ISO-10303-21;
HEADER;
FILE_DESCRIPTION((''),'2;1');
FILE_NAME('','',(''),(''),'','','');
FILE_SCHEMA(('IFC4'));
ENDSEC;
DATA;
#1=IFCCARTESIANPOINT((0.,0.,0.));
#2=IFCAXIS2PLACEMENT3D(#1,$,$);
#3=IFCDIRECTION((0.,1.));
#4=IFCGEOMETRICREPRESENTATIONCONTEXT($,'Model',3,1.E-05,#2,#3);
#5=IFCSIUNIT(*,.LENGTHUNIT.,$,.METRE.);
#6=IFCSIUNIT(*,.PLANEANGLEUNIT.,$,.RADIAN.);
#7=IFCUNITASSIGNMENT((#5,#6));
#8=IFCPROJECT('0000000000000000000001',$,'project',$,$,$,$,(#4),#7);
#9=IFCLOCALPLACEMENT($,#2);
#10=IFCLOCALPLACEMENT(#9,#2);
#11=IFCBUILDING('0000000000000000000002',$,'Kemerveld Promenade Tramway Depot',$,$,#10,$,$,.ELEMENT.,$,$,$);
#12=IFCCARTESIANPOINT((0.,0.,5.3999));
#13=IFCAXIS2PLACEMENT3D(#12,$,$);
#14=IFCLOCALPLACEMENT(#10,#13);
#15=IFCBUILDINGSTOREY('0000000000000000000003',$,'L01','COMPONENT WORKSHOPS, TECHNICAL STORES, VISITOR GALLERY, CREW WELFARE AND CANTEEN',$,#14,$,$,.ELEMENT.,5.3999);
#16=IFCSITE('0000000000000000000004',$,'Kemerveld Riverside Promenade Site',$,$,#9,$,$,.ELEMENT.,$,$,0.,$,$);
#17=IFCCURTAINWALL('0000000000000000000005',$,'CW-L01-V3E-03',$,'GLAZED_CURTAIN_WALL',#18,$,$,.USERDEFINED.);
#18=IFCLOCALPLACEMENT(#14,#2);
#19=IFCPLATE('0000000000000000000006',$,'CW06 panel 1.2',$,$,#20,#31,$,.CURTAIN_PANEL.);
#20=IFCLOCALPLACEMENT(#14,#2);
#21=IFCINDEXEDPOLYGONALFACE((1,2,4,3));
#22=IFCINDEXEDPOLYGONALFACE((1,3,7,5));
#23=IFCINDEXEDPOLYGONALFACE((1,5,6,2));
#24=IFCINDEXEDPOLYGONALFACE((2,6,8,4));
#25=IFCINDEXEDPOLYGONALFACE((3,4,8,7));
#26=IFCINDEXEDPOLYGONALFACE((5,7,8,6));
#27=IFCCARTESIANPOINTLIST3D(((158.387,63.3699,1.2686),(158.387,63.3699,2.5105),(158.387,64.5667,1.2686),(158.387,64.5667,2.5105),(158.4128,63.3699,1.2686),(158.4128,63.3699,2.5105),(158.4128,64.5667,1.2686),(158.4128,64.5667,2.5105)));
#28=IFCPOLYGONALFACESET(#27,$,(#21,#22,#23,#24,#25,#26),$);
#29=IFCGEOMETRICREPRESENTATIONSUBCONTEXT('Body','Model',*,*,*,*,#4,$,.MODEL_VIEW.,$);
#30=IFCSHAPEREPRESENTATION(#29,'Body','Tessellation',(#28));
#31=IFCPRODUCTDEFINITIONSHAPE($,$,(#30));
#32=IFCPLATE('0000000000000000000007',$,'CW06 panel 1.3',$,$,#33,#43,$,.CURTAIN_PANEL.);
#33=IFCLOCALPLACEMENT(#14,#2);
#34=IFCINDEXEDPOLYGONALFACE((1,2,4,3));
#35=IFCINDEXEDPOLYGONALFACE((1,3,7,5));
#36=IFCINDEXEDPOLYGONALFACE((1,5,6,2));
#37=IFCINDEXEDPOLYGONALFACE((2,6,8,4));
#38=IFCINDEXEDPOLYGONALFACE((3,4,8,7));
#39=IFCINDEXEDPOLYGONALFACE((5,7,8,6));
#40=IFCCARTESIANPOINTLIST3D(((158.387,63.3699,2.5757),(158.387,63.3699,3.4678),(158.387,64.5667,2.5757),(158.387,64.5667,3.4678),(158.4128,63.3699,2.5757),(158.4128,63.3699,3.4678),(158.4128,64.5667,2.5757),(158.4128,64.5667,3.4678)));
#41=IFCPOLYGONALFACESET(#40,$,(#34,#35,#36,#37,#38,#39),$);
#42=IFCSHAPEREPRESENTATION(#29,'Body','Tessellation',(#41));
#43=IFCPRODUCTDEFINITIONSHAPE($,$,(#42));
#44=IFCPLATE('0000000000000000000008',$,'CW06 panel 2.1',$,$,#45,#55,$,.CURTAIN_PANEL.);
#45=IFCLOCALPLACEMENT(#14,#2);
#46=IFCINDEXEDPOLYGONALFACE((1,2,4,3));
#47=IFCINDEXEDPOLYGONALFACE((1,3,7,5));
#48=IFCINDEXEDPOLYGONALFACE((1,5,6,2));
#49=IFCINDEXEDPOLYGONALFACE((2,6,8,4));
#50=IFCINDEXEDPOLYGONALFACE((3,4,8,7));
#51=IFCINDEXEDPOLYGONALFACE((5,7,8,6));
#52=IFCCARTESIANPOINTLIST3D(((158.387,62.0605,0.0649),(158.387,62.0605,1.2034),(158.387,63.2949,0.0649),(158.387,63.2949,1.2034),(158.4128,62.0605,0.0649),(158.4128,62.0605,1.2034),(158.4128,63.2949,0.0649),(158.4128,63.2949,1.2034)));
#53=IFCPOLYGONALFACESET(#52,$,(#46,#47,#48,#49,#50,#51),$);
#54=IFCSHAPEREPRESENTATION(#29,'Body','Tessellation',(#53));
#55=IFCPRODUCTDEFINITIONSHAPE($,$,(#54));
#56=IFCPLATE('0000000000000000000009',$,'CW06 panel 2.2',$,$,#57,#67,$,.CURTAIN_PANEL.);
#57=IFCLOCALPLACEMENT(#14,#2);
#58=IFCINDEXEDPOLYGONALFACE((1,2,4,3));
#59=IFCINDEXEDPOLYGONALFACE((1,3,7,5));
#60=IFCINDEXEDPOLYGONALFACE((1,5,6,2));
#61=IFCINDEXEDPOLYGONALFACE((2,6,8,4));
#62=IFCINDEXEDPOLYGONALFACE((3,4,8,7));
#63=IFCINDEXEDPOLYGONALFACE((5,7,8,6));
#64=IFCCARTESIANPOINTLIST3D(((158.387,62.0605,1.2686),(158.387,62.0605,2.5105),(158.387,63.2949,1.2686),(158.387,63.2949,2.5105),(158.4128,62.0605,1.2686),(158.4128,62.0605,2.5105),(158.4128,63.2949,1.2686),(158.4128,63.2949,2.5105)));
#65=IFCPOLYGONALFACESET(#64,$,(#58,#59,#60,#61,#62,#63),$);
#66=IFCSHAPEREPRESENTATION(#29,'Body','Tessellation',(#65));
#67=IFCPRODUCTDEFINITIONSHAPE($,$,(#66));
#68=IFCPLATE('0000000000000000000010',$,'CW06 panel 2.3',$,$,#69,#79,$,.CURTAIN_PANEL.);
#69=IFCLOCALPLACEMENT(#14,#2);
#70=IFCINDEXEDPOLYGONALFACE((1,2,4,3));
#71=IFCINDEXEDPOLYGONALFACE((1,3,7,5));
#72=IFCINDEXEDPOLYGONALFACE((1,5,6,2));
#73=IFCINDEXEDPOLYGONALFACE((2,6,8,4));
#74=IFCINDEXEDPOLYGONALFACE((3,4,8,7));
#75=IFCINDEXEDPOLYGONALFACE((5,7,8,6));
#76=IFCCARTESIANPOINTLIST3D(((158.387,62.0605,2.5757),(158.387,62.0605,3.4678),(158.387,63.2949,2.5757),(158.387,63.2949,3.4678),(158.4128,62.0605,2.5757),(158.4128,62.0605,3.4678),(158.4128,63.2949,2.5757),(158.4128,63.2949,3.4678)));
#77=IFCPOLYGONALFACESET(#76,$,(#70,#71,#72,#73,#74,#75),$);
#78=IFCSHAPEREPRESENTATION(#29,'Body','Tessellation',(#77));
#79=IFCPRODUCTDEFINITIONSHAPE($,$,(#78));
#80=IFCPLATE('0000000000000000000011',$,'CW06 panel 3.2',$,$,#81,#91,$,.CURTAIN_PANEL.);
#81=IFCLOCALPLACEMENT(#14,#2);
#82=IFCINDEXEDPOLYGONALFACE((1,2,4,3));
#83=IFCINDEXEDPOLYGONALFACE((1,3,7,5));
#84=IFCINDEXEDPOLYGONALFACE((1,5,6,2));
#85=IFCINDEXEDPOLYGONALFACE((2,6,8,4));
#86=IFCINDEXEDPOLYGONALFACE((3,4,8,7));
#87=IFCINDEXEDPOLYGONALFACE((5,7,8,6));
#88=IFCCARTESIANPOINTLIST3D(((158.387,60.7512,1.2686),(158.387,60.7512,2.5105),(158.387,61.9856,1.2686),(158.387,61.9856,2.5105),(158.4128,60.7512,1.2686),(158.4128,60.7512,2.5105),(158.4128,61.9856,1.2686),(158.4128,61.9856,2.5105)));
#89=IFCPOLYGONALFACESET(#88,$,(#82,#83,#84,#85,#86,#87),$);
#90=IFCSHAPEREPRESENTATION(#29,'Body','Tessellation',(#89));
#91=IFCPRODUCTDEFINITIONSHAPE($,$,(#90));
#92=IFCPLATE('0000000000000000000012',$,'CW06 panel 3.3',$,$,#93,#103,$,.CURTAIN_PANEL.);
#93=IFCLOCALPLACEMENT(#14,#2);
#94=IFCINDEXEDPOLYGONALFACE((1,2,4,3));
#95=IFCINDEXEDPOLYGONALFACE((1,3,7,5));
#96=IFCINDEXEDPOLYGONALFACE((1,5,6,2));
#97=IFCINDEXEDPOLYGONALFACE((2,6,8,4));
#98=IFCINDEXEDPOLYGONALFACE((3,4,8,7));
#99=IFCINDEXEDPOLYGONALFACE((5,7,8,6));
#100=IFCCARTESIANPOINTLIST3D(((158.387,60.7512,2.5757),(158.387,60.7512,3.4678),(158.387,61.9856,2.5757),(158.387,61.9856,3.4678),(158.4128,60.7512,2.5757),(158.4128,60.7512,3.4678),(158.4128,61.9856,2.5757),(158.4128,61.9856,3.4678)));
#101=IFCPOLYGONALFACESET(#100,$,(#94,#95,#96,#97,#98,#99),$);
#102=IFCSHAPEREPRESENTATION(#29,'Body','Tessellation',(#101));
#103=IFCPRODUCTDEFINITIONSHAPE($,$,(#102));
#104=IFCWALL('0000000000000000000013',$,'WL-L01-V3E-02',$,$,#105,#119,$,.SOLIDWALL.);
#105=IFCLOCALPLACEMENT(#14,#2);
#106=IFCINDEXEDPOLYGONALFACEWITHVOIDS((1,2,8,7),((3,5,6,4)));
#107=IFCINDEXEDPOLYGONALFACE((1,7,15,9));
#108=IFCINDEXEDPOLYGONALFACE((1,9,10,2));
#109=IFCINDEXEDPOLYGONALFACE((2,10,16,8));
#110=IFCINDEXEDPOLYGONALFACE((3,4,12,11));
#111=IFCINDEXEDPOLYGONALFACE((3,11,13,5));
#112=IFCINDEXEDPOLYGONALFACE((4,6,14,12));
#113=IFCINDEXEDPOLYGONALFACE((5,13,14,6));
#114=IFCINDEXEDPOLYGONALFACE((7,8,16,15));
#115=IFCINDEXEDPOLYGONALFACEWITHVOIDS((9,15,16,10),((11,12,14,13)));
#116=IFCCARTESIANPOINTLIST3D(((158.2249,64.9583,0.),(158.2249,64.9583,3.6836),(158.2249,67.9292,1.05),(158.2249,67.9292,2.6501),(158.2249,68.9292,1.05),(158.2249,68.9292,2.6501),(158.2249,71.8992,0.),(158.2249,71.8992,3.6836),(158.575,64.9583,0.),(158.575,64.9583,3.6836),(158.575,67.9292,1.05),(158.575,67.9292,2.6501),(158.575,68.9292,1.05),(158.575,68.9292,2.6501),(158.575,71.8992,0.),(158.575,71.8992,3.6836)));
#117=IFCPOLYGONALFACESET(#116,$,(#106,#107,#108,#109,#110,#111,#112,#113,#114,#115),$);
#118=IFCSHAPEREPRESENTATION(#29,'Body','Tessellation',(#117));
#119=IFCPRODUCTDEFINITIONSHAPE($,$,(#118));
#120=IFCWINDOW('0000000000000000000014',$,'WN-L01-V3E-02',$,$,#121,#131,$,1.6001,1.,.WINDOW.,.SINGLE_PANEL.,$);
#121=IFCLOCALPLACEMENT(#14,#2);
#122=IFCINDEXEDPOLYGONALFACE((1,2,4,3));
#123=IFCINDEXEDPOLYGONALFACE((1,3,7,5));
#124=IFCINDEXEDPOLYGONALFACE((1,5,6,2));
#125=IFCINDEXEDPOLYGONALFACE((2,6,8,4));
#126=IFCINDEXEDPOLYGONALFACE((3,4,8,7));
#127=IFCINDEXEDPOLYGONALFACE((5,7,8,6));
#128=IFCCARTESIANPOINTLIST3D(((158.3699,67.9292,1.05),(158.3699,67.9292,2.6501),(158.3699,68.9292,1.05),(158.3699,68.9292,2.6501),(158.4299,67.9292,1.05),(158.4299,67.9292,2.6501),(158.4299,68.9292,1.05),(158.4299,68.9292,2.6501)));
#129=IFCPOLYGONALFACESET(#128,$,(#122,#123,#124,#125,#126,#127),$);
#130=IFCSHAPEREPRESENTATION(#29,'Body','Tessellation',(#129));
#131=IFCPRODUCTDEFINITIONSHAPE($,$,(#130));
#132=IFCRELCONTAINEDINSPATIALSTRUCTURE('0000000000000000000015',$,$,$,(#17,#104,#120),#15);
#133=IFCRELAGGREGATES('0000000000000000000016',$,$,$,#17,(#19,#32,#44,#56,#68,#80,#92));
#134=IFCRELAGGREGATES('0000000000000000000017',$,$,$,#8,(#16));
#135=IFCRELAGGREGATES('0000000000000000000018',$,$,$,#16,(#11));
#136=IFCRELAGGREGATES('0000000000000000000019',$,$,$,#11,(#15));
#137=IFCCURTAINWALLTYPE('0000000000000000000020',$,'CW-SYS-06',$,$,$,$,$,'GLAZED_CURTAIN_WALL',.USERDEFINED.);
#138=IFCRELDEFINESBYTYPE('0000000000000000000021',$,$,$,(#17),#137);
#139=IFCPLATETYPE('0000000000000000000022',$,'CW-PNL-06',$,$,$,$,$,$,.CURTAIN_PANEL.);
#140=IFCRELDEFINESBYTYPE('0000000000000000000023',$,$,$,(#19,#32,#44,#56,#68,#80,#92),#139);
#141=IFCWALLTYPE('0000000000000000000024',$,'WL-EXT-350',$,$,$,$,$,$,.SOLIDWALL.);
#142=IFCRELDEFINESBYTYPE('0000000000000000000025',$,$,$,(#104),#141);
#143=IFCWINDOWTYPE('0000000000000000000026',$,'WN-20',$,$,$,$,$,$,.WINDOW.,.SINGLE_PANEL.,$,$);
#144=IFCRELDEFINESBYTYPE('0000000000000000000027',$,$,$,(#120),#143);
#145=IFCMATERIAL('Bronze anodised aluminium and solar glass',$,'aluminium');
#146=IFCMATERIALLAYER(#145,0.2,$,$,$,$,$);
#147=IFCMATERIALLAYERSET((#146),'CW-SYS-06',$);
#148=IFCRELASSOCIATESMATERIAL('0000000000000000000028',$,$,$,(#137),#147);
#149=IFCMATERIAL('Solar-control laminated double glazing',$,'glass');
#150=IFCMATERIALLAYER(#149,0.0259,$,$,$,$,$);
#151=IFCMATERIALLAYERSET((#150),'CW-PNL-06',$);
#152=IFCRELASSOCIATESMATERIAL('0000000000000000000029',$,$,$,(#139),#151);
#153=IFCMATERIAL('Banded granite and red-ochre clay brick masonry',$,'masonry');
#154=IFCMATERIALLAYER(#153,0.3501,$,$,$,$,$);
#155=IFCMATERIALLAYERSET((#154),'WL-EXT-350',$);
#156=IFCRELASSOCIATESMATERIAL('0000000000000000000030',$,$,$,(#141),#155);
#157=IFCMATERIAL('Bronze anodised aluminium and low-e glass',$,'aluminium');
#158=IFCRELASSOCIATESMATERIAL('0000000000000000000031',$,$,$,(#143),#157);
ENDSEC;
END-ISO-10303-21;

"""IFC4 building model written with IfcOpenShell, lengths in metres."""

from ifc_helpers import new_model, si_unit, direction, frame, frame_2d, origin, origin_2d, place, context, subcontext, project, spatial, rectangle, extrude, material, layer, layer_set, type_object, element, fill, aggregate, save


model = new_model("IFC4")

# Units and contexts
model_context = context("Model", 3, precision=1e-05, world=origin(), true_north=direction((0.0, 1.0)))
body_context = subcontext(model_context, "Body", "Model", "MODEL_VIEW")
ifc_project = project(units=[si_unit("LENGTHUNIT", "METRE"), si_unit("PLANEANGLEUNIT", "RADIAN")], contexts=[model_context])

# Site, building, storey
site_placement = place(None, origin())
site = spatial("IfcSite", under=ifc_project, at=site_placement, Name="Kemerveld Riverside Promenade Site", CompositionType="ELEMENT", RefElevation=0.0)
building_placement = place(site_placement, origin())
building = spatial("IfcBuilding", under=site, at=building_placement, Name="Kemerveld Promenade Tramway Depot", CompositionType="ELEMENT")
storey_placement = place(building_placement, frame((0.0, 0.0, 5.3999)))
storey = spatial("IfcBuildingStorey", under=building, at=storey_placement, Name="L01", Description="COMPONENT WORKSHOPS, TECHNICAL STORES, VISITOR GALLERY, CREW WELFARE AND CANTEEN", CompositionType="ELEMENT", Elevation=5.3999)

# Shared definitions
ifc_material_1 = material(Name="Bronze anodised aluminium and solar glass", Category="aluminium")

# Curtain wall
ifc_layer_1 = layer(ifc_material_1, 0.2)
ifc_layer_set_1 = layer_set([ifc_layer_1], Name="CW-SYS-06")
curtain_wall_type_1 = type_object("IfcCurtainWallType", Name="CW-SYS-06", ElementType="GLAZED_CURTAIN_WALL", PredefinedType="USERDEFINED", material=ifc_layer_set_1)
curtain_wall_1_placement = place(storey_placement, origin())
curtain_wall_1 = element("IfcCurtainWall", 1, at=curtain_wall_1_placement, inside=storey, type_object=curtain_wall_type_1, Name="CW-L01-V3E-03", ObjectType="GLAZED_CURTAIN_WALL", PredefinedType="USERDEFINED")

# Plates
ifc_material_2 = material(Name="Solar-control laminated double glazing", Category="glass")
ifc_layer_2 = layer(ifc_material_2, 0.0259)
ifc_layer_set_2 = layer_set([ifc_layer_2], Name="CW-PNL-06")
plate_type_1 = type_object("IfcPlateType", Name="CW-PNL-06", PredefinedType="CURTAIN_PANEL", material=ifc_layer_set_2)
plate_1_placement = place(storey_placement, frame((158.3999, 63.9683, 1.2686), z_axis=(0.0, 0.0, 1.0), x_axis=(0.0, -1.0, 0.0)))
plate_1 = element("IfcPlate", 2, at=plate_1_placement, type_object=plate_type_1, Name="CW06 panel 1.2", PredefinedType="CURTAIN_PANEL", context=body_context, shape_type="SweptSolid", body=[
    extrude(rectangle(XDim=1.1968, YDim=0.0259, at=origin_2d()), origin(), (0.0, 0.0, 1.0), 1.2419),
])
plate_2_placement = place(storey_placement, frame((158.3999, 63.9683, 2.5757), z_axis=(0.0, 0.0, 1.0), x_axis=(0.0, -1.0, 0.0)))
plate_2 = element("IfcPlate", 3, at=plate_2_placement, type_object=plate_type_1, Name="CW06 panel 1.3", PredefinedType="CURTAIN_PANEL", context=body_context, shape_type="SweptSolid", body=[
    extrude(rectangle(XDim=1.1968, YDim=0.0259, at=origin_2d()), origin(), (0.0, 0.0, 1.0), 0.8921),
])
plate_3_placement = place(storey_placement, frame((158.3999, 62.6777, 0.0649), z_axis=(0.0, 0.0, 1.0), x_axis=(0.0, -1.0, 0.0)))
plate_3 = element("IfcPlate", 4, at=plate_3_placement, type_object=plate_type_1, Name="CW06 panel 2.1", PredefinedType="CURTAIN_PANEL", context=body_context, shape_type="SweptSolid", body=[
    extrude(rectangle(XDim=1.2344, YDim=0.0259, at=origin_2d()), origin(), (0.0, 0.0, 1.0), 1.1384),
])
plate_4_placement = place(storey_placement, frame((158.3999, 62.6777, 1.2686), z_axis=(0.0, 0.0, 1.0), x_axis=(0.0, -1.0, 0.0)))
plate_4 = element("IfcPlate", 5, at=plate_4_placement, type_object=plate_type_1, Name="CW06 panel 2.2", PredefinedType="CURTAIN_PANEL", context=body_context, shape_type="SweptSolid", body=[
    extrude(rectangle(XDim=1.2344, YDim=0.0259, at=origin_2d()), origin(), (0.0, 0.0, 1.0), 1.2419),
])
plate_5_placement = place(storey_placement, frame((158.3999, 62.6777, 2.5757), z_axis=(0.0, 0.0, 1.0), x_axis=(0.0, -1.0, 0.0)))
plate_5 = element("IfcPlate", 6, at=plate_5_placement, type_object=plate_type_1, Name="CW06 panel 2.3", PredefinedType="CURTAIN_PANEL", context=body_context, shape_type="SweptSolid", body=[
    extrude(rectangle(XDim=1.2344, YDim=0.0259, at=origin_2d()), origin(), (0.0, 0.0, 1.0), 0.8921),
])
plate_6_placement = place(storey_placement, frame((158.3999, 61.3684, 1.2686), z_axis=(0.0, 0.0, 1.0), x_axis=(0.0, -1.0, 0.0)))
plate_6 = element("IfcPlate", 7, at=plate_6_placement, type_object=plate_type_1, Name="CW06 panel 3.2", PredefinedType="CURTAIN_PANEL", context=body_context, shape_type="SweptSolid", body=[
    extrude(rectangle(XDim=1.2344, YDim=0.0259, at=origin_2d()), origin(), (0.0, 0.0, 1.0), 1.2419),
])
plate_7_placement = place(storey_placement, frame((158.3999, 61.3684, 2.5757), z_axis=(0.0, 0.0, 1.0), x_axis=(0.0, -1.0, 0.0)))
plate_7 = element("IfcPlate", 8, at=plate_7_placement, type_object=plate_type_1, Name="CW06 panel 3.3", PredefinedType="CURTAIN_PANEL", context=body_context, shape_type="SweptSolid", body=[
    extrude(rectangle(XDim=1.2344, YDim=0.0259, at=origin_2d()), origin(), (0.0, 0.0, 1.0), 0.8921),
])
aggregate(curtain_wall_1, [plate_1, plate_2, plate_3, plate_4, plate_5, plate_6, plate_7])

# Wall, opening, window
ifc_material_3 = material(Name="Banded granite and red-ochre clay brick masonry", Category="masonry")
ifc_layer_3 = layer(ifc_material_3, 0.3501)
ifc_layer_set_3 = layer_set([ifc_layer_3], Name="WL-EXT-350")
wall_type = type_object("IfcWallType", Name="WL-EXT-350", PredefinedType="SOLIDWALL", material=ifc_layer_set_3)
wall_placement = place(storey_placement, frame((158.3999, 71.8992, 0.0), z_axis=(0.0, 0.0, 1.0), x_axis=(0.0, -1.0, 0.0)))
wall = element("IfcWall", 9, at=wall_placement, inside=storey, type_object=wall_type, Name="WL-L01-V3E-02", PredefinedType="SOLIDWALL", context=body_context, shape_type="SweptSolid", body=[
    extrude(rectangle(XDim=6.9409, YDim=0.3501, at=frame_2d((3.4705, 0.0))), origin(), (0.0, 0.0, 1.0), 3.6836),
])
opening_placement = place(wall_placement, frame((2.97, 0.0, 1.05)))
opening = element("IfcOpeningElement", 10, at=opening_placement, cuts=wall, PredefinedType="OPENING", context=body_context, shape_type="SweptSolid", body=[
    extrude(rectangle(XDim=1.0, YDim=1.6001, at=frame_2d((0.5, 0.8))), frame((0.0, 0.1851, 0.0), z_axis=(0.0, -1.0, 0.0), x_axis=(1.0, 0.0, 0.0)), (0.0, 0.0, 1.0), 0.3701),
])
ifc_material_4 = material(Name="Bronze anodised aluminium and low-e glass", Category="aluminium")
window_type = type_object("IfcWindowType", Name="WN-20", PartitioningType="SINGLE_PANEL", PredefinedType="WINDOW", material=ifc_material_4)
window_placement = place(opening_placement, origin())
window = element("IfcWindow", 11, at=window_placement, inside=storey, type_object=window_type, Name="WN-L01-V3E-02", OverallHeight=1.6001, OverallWidth=1.0, PartitioningType="SINGLE_PANEL", PredefinedType="WINDOW", context=body_context, shape_type="SweptSolid", body=[
    extrude(rectangle(XDim=1.0, YDim=1.6001, at=frame_2d((0.5, 0.8))), frame((0.0, 0.03, 0.0), z_axis=(0.0, -1.0, 0.0), x_axis=(1.0, 0.0, 0.0)), (0.0, 0.0, 1.0), 0.0601),
])
fill(opening, window)

save(model, "model.ifc")
